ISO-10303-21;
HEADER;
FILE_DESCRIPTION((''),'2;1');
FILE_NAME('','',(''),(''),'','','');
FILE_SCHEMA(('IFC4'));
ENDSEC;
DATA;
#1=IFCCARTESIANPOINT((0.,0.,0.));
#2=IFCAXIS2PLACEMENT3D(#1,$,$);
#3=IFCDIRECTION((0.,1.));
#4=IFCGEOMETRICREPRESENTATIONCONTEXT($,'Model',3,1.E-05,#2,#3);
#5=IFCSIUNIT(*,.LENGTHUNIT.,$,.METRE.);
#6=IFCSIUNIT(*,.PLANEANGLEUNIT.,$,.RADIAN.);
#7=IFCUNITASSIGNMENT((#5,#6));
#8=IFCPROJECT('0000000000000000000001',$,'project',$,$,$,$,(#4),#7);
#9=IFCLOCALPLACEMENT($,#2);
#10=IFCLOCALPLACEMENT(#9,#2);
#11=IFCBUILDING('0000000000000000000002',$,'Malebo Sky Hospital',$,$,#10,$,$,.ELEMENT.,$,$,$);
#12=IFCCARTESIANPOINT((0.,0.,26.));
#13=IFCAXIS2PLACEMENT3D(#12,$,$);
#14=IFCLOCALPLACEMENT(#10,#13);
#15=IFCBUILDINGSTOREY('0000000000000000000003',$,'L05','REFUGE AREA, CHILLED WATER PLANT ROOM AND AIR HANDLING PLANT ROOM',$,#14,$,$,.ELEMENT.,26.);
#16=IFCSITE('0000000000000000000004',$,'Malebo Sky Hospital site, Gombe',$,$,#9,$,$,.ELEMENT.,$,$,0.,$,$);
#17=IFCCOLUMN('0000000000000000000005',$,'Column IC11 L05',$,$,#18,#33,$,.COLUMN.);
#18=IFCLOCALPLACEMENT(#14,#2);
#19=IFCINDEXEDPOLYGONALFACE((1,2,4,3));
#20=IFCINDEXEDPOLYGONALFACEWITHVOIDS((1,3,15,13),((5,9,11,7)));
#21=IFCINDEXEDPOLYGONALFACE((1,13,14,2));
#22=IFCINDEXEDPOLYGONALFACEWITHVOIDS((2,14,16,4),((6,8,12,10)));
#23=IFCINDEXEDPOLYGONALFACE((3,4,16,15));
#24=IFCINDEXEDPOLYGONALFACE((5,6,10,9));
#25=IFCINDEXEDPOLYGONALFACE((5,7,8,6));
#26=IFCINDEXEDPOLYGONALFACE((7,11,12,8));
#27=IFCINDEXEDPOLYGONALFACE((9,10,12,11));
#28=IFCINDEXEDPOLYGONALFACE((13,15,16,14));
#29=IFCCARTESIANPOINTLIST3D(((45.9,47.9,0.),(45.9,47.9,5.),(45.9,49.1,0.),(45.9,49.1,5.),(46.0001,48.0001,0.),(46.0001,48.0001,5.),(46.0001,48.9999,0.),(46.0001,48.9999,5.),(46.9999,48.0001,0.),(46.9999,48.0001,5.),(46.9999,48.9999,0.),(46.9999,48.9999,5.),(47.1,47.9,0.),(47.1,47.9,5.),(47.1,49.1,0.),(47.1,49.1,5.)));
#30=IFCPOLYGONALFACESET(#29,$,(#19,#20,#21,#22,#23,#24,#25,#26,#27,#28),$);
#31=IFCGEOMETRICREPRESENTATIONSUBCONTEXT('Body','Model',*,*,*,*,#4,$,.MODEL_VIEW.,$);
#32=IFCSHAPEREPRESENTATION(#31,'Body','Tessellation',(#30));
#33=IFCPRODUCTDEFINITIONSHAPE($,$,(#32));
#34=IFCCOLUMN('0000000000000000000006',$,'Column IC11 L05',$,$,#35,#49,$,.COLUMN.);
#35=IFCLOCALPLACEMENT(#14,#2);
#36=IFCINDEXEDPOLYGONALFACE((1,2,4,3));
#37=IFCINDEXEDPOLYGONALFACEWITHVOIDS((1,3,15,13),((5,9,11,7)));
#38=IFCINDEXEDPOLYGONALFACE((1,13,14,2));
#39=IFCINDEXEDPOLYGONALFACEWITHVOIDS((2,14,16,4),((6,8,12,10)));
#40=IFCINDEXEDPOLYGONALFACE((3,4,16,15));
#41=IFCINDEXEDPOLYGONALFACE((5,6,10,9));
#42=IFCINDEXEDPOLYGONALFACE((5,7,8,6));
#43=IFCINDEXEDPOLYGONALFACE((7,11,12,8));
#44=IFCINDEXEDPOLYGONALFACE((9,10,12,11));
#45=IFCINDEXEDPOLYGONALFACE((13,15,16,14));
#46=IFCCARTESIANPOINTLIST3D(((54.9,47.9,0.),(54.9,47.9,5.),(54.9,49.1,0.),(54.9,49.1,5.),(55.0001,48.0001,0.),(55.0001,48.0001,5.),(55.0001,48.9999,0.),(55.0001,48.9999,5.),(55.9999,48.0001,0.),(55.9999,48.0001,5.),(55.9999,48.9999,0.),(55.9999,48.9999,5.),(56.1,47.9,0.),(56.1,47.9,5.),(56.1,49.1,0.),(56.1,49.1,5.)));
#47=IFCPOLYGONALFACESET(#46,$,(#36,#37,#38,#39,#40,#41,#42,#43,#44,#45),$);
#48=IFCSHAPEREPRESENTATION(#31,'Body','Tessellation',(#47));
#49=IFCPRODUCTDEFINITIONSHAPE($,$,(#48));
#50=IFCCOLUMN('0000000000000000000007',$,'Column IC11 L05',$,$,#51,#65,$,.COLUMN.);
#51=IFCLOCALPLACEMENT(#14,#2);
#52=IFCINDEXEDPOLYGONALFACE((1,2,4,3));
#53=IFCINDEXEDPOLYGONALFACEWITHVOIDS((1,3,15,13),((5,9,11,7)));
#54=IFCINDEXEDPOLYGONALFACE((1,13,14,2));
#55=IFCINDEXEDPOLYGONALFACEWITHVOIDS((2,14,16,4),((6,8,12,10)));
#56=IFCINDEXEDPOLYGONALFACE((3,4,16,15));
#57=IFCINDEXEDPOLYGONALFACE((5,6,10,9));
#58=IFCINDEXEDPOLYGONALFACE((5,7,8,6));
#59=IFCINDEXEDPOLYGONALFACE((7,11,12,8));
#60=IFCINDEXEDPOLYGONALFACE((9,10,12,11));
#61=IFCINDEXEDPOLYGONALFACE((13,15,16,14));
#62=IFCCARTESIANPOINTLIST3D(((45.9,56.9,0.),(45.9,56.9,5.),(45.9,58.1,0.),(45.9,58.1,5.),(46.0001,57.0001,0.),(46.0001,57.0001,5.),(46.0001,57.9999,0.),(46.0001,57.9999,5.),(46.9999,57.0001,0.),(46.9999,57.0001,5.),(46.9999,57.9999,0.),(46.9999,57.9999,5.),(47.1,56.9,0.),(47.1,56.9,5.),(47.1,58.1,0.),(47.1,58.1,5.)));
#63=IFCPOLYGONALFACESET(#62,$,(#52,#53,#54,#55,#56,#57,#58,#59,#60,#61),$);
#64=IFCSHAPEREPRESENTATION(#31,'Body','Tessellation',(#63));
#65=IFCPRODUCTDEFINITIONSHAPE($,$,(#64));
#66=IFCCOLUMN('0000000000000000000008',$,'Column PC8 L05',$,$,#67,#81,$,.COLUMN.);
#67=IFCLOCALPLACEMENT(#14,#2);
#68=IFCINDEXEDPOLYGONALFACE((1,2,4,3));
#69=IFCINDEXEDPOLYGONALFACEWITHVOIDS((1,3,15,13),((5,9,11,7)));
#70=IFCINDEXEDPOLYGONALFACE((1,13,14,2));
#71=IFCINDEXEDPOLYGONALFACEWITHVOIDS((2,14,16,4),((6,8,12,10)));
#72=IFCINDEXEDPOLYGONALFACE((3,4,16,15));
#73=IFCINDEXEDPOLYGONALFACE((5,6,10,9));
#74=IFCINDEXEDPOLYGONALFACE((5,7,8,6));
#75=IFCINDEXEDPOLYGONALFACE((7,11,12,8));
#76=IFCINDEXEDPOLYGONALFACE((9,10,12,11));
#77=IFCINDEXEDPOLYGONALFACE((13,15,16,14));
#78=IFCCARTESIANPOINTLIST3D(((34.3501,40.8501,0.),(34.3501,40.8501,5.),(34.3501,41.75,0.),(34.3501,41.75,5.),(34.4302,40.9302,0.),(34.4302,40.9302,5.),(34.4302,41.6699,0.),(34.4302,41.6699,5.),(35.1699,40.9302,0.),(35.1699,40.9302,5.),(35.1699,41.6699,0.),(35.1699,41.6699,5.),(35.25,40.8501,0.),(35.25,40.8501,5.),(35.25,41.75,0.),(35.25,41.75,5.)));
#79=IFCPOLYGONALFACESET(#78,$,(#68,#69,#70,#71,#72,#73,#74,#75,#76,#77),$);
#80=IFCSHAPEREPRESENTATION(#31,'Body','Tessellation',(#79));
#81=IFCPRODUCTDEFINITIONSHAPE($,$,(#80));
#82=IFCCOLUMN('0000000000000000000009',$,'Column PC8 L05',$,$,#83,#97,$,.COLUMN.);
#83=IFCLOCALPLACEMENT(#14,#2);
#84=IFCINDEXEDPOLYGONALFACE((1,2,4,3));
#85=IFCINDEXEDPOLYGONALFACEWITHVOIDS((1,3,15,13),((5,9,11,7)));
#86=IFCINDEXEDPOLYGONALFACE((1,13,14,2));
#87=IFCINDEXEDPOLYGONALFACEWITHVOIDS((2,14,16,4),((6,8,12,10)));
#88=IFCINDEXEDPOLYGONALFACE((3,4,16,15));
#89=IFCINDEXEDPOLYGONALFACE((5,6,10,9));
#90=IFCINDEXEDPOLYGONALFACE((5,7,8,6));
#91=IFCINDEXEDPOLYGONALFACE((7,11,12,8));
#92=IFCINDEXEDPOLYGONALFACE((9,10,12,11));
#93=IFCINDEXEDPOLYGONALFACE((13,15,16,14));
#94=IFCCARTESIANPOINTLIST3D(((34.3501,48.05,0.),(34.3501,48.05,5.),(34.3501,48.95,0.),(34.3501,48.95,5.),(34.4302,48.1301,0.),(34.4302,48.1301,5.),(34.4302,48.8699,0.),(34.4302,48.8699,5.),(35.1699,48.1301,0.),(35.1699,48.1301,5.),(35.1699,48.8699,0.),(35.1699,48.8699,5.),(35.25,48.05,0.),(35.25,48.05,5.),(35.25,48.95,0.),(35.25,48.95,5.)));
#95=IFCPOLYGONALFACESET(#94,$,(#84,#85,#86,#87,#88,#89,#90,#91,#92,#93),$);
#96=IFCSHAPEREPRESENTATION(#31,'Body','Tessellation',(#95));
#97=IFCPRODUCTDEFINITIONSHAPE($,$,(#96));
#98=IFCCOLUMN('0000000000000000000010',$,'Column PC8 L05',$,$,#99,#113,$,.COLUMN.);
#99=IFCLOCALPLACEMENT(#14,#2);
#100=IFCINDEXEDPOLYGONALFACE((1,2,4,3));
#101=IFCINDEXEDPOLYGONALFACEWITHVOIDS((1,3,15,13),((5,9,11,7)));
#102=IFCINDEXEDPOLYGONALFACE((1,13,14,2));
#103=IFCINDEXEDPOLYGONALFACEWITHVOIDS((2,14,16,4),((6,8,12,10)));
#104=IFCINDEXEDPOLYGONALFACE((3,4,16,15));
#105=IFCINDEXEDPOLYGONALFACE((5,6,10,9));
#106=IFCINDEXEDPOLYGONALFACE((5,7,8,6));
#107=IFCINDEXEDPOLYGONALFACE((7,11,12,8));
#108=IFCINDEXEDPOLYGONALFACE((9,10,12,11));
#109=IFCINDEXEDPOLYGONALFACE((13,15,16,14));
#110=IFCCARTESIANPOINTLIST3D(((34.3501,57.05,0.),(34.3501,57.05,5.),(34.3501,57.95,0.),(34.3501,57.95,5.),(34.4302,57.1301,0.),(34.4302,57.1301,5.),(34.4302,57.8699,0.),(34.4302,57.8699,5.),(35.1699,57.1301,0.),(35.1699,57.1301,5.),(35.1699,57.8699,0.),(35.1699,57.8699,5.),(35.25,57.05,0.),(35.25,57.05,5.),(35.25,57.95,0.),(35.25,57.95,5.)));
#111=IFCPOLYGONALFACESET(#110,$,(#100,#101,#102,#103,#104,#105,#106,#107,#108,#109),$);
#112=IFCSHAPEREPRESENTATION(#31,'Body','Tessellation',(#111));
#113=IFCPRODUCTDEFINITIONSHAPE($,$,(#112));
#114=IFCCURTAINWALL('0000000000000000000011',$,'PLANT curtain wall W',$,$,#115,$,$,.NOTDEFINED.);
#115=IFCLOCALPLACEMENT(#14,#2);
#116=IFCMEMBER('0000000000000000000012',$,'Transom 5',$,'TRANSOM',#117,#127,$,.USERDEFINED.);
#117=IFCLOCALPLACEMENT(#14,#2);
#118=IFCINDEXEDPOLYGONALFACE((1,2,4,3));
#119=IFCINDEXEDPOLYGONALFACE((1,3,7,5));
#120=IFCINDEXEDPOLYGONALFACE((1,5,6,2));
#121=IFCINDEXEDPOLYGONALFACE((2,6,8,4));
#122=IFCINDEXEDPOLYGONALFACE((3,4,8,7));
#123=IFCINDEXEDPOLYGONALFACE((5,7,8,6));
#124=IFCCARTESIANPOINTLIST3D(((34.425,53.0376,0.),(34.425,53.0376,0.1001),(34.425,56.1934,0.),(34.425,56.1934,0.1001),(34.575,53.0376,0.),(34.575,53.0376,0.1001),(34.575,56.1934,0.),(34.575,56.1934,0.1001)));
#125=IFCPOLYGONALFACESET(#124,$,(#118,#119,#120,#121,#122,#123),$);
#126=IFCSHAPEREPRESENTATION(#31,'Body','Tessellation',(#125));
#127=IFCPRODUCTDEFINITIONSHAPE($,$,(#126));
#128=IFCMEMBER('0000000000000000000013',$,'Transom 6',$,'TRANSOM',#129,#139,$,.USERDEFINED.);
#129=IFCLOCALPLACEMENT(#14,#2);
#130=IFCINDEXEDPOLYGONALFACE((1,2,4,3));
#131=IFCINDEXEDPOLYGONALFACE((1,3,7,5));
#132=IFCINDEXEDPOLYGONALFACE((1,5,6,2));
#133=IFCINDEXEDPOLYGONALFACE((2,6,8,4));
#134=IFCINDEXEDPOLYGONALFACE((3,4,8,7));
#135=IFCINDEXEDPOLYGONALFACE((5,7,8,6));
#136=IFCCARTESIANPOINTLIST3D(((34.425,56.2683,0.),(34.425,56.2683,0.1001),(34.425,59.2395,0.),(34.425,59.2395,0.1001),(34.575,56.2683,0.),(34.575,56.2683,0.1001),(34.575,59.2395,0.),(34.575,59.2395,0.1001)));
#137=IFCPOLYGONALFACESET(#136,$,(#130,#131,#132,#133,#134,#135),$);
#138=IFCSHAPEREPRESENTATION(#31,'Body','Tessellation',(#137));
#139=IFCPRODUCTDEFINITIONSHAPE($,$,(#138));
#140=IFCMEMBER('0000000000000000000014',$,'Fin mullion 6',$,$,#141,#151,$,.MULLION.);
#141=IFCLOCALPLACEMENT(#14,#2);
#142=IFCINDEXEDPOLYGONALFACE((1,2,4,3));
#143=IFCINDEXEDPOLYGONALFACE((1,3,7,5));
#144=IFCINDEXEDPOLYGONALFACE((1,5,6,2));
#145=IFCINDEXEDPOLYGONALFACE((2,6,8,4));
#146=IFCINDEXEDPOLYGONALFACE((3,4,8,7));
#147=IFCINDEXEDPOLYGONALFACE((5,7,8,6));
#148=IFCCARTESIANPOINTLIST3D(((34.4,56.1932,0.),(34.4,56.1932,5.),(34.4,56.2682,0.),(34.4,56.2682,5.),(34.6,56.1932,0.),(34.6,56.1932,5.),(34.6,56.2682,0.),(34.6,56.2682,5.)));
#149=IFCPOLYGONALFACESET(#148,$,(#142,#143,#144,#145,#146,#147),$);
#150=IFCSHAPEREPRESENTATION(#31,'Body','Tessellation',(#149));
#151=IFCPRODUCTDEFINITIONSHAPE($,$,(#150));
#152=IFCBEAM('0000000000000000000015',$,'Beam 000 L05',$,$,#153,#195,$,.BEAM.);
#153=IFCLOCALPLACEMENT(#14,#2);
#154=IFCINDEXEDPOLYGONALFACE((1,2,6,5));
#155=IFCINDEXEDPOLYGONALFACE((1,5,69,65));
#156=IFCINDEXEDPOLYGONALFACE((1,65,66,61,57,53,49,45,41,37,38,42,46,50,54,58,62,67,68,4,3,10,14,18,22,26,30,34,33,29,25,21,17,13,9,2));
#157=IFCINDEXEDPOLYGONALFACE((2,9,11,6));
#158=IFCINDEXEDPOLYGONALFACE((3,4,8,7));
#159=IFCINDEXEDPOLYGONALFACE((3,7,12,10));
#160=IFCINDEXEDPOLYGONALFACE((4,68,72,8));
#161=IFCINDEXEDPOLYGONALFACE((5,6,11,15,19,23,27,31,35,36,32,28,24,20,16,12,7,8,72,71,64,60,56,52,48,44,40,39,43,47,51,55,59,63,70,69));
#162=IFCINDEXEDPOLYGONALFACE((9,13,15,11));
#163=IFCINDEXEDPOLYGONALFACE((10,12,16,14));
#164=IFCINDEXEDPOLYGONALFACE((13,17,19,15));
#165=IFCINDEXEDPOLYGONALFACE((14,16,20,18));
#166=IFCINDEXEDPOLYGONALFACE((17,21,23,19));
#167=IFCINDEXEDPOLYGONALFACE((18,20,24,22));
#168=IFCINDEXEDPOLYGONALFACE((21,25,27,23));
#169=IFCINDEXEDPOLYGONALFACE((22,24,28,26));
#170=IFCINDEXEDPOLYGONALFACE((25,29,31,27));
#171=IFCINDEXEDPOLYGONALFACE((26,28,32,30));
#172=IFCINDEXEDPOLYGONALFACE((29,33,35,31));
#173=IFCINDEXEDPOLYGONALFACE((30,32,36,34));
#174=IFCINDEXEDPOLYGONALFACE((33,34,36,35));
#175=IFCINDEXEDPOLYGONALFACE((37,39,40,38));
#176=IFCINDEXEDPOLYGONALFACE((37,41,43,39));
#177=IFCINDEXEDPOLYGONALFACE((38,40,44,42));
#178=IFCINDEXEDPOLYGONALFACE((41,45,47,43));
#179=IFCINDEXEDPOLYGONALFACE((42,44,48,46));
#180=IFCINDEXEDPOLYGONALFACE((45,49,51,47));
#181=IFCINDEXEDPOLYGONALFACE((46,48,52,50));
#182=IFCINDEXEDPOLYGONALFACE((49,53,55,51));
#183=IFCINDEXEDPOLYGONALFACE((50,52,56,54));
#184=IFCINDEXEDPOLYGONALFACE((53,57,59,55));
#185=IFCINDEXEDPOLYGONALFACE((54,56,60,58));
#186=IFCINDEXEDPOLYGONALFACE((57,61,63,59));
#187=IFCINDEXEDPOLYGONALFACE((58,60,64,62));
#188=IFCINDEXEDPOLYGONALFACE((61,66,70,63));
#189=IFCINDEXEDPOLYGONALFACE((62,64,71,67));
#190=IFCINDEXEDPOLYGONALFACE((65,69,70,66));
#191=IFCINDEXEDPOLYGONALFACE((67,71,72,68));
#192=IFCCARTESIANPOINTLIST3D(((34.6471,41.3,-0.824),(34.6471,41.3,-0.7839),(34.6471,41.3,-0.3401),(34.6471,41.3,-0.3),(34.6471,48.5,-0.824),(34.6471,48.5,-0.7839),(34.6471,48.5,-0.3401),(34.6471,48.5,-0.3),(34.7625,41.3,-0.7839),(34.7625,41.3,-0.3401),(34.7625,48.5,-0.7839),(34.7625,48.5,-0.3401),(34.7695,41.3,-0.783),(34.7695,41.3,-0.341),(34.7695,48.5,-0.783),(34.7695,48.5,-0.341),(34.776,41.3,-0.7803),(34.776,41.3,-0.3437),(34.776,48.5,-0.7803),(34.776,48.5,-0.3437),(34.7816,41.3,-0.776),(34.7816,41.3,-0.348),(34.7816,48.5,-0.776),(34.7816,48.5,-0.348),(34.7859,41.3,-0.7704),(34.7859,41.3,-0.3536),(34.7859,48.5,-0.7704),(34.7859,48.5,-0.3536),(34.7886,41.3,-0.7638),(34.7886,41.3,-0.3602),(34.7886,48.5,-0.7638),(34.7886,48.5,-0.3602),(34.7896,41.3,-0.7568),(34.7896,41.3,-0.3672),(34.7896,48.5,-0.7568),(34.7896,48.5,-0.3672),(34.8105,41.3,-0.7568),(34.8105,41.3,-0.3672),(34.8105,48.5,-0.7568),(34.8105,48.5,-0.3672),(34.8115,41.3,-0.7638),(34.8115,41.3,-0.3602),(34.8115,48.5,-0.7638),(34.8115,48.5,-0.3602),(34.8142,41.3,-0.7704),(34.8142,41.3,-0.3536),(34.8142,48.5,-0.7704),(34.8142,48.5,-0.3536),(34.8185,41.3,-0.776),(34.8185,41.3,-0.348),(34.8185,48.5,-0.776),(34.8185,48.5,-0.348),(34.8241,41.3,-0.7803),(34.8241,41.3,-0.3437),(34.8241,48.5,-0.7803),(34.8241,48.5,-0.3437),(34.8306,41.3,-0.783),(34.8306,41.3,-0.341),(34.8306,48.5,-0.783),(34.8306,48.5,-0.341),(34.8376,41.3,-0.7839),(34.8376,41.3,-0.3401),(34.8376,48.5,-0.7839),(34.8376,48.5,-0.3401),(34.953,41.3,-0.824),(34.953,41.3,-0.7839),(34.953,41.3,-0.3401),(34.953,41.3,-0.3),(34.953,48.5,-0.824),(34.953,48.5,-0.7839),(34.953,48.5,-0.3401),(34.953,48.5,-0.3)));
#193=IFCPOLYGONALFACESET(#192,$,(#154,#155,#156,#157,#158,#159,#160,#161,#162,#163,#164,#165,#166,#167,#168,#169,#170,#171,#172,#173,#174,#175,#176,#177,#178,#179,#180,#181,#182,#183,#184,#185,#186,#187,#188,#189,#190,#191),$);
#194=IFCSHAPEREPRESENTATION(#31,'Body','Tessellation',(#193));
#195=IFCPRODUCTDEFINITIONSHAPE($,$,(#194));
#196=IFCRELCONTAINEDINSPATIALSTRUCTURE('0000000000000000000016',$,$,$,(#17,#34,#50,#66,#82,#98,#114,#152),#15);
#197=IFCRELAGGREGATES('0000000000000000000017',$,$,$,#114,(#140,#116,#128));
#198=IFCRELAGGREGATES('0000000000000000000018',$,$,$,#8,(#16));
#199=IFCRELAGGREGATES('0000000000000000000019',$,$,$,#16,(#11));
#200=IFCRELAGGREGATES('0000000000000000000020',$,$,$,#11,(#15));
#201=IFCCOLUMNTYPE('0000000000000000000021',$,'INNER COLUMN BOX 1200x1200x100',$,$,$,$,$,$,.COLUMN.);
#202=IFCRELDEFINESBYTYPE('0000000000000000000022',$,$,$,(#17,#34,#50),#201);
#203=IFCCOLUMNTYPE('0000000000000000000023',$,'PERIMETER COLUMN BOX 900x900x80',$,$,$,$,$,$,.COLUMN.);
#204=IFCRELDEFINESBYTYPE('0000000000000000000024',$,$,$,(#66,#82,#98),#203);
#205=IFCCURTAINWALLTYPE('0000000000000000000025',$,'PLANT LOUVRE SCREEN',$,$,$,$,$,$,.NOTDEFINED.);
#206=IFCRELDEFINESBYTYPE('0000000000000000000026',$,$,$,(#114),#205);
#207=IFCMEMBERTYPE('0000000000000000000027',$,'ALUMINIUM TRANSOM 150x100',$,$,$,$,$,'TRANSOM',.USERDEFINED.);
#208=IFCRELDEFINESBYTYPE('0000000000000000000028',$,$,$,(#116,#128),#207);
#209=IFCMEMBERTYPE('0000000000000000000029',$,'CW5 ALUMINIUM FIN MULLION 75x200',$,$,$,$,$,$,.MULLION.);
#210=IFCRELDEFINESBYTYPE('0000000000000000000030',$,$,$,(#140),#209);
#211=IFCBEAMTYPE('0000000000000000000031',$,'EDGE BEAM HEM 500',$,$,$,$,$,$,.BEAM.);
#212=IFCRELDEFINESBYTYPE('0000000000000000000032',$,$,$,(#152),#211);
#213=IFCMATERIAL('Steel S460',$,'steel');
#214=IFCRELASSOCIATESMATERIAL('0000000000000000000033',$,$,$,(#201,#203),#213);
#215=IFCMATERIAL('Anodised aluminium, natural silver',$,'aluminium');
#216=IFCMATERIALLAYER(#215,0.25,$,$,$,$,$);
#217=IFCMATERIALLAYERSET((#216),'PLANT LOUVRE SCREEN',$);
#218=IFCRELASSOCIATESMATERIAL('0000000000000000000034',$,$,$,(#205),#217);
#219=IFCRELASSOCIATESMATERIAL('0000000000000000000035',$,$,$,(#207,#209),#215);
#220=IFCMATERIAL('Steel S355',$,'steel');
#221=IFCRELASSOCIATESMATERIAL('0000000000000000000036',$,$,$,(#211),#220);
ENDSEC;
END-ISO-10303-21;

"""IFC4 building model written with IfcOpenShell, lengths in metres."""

from ifc_helpers import new_model, si_unit, direction, frame, origin, origin_2d, place, context, subcontext, project, spatial, rectangle, hollow_rectangle, i_section, extrude, material, layer, layer_set, material_profile, profile_set, type_object, element, aggregate, save


model = new_model("IFC4")

# Units and contexts
model_context = context("Model", 3, precision=1e-05, world=origin(), true_north=direction((0.0, 1.0)))
body_context = subcontext(model_context, "Body", "Model", "MODEL_VIEW")
ifc_project = project(units=[si_unit("LENGTHUNIT", "METRE"), si_unit("PLANEANGLEUNIT", "RADIAN")], contexts=[model_context])

# Site, building, storey
site_placement = place(None, origin())
site = spatial("IfcSite", under=ifc_project, at=site_placement, Name="Malebo Sky Hospital site, Gombe", CompositionType="ELEMENT", RefElevation=0.0)
building_placement = place(site_placement, origin())
building = spatial("IfcBuilding", under=site, at=building_placement, Name="Malebo Sky Hospital", CompositionType="ELEMENT")
storey_placement = place(building_placement, frame((0.0, 0.0, 26.0)))
storey = spatial("IfcBuildingStorey", under=building, at=storey_placement, Name="L05", Description="REFUGE AREA, CHILLED WATER PLANT ROOM AND AIR HANDLING PLANT ROOM", CompositionType="ELEMENT", Elevation=26.0)

# Columns
ifc_material_1 = material(Name="Steel S460", Category="steel")
ifc_material_profile_1 = material_profile(ifc_material_1, hollow_rectangle(XDim=1.2, YDim=1.2, WallThickness=0.1001, at=origin_2d()), Name="BOX 1200x1200x100")
ifc_profile_set_1 = profile_set([ifc_material_profile_1], Name="Steel S460")
column_type_1 = type_object("IfcColumnType", Name="INNER COLUMN BOX 1200x1200x100", PredefinedType="COLUMN", material=ifc_profile_set_1)
for number, where, z_axis, x_axis, name in (
    (1, (46.5, 48.5, 0.0), (0.0, 0.0, 1.0), (1.0, 0.0, 0.0), "Column IC11 L05"),
    (2, (55.5, 48.5, 0.0), (0.0, 0.0, 1.0), (1.0, 0.0, 0.0), "Column IC11 L05"),
    (3, (46.5, 57.5, 0.0), (0.0, 0.0, 1.0), (1.0, 0.0, 0.0), "Column IC11 L05"),
):
    element("IfcColumn", number, at=place(storey_placement, frame(where, z_axis=z_axis, x_axis=x_axis)), inside=storey, type_object=column_type_1, Name=name, PredefinedType="COLUMN", context=body_context, shape_type="SweptSolid", body=[
        extrude(hollow_rectangle(XDim=1.2, YDim=1.2, WallThickness=0.1001, at=origin_2d()), origin(), (0.0, 0.0, 1.0), 5.0),
    ])
ifc_material_profile_2 = material_profile(ifc_material_1, hollow_rectangle(XDim=0.8999, YDim=0.8999, WallThickness=0.0801, at=origin_2d()), Name="BOX 900x900x80")
ifc_profile_set_2 = profile_set([ifc_material_profile_2], Name="Steel S460")
column_type_2 = type_object("IfcColumnType", Name="PERIMETER COLUMN BOX 900x900x80", PredefinedType="COLUMN", material=ifc_profile_set_2)
for number, where, z_axis, x_axis, name in (
    (4, (34.8, 41.3, 0.0), (0.0, 0.0, 1.0), (1.0, 0.0, 0.0), "Column PC8 L05"),
    (5, (34.8, 48.5, 0.0), (0.0, 0.0, 1.0), (1.0, 0.0, 0.0), "Column PC8 L05"),
    (6, (34.8, 57.5, 0.0), (0.0, 0.0, 1.0), (1.0, 0.0, 0.0), "Column PC8 L05"),
):
    element("IfcColumn", number, at=place(storey_placement, frame(where, z_axis=z_axis, x_axis=x_axis)), inside=storey, type_object=column_type_2, Name=name, PredefinedType="COLUMN", context=body_context, shape_type="SweptSolid", body=[
        extrude(hollow_rectangle(XDim=0.8999, YDim=0.8999, WallThickness=0.0801, at=origin_2d()), origin(), (0.0, 0.0, 1.0), 5.0),
    ])

# Curtain wall, members
ifc_material_2 = material(Name="Anodised aluminium, natural silver", Category="aluminium")
ifc_layer_1 = layer(ifc_material_2, 0.25)
ifc_layer_set_1 = layer_set([ifc_layer_1], Name="PLANT LOUVRE SCREEN")
curtain_wall_type = type_object("IfcCurtainWallType", Name="PLANT LOUVRE SCREEN", PredefinedType="NOTDEFINED", material=ifc_layer_set_1)
curtain_wall_placement = place(storey_placement, origin())
curtain_wall = element("IfcCurtainWall", 7, at=curtain_wall_placement, inside=storey, type_object=curtain_wall_type, Name="PLANT curtain wall W", PredefinedType="NOTDEFINED")
ifc_material_profile_3 = material_profile(ifc_material_2, rectangle(XDim=0.1499, YDim=0.1001, at=origin_2d()), Name="ALUMINIUM TRANSOM 150x100")
ifc_profile_set_3 = profile_set([ifc_material_profile_3], Name="Anodised aluminium, natural silver")
member_type_1 = type_object("IfcMemberType", Name="ALUMINIUM TRANSOM 150x100", ElementType="TRANSOM", PredefinedType="USERDEFINED", material=ifc_profile_set_3)
member_1_placement = place(storey_placement, frame((34.5, 53.0376, 0.05), z_axis=(0.0, 1.0, 0.0), x_axis=(-1.0, 0.0, 0.0)))
member_1 = element("IfcMember", 8, at=member_1_placement, type_object=member_type_1, Name="Transom 5", ObjectType="TRANSOM", PredefinedType="USERDEFINED", context=body_context, shape_type="SweptSolid", body=[
    extrude(rectangle(XDim=0.1499, YDim=0.1001, at=origin_2d()), origin(), (0.0, 0.0, 1.0), 3.1558),
])
member_2_placement = place(storey_placement, frame((34.5, 56.2683, 0.05), z_axis=(0.0, 1.0, 0.0), x_axis=(-1.0, 0.0, 0.0)))
member_2 = element("IfcMember", 9, at=member_2_placement, type_object=member_type_1, Name="Transom 6", ObjectType="TRANSOM", PredefinedType="USERDEFINED", context=body_context, shape_type="SweptSolid", body=[
    extrude(rectangle(XDim=0.1499, YDim=0.1001, at=origin_2d()), origin(), (0.0, 0.0, 1.0), 2.9712),
])
ifc_material_profile_4 = material_profile(ifc_material_2, rectangle(XDim=0.075, YDim=0.2, at=origin_2d()), Name="CW5 ALUMINIUM FIN MULLION 75x200")
ifc_profile_set_4 = profile_set([ifc_material_profile_4], Name="Anodised aluminium, natural silver")
member_type_2 = type_object("IfcMemberType", Name="CW5 ALUMINIUM FIN MULLION 75x200", PredefinedType="MULLION", material=ifc_profile_set_4)
member_3_placement = place(storey_placement, frame((34.5, 56.2307, 0.0), z_axis=(0.0, 0.0, 1.0), x_axis=(0.0, 1.0, 0.0)))
member_3 = element("IfcMember", 10, at=member_3_placement, type_object=member_type_2, Name="Fin mullion 6", PredefinedType="MULLION", context=body_context, shape_type="SweptSolid", body=[
    extrude(rectangle(XDim=0.075, YDim=0.2, at=origin_2d()), origin(), (0.0, 0.0, 1.0), 5.0),
])

# Beam
ifc_material_3 = material(Name="Steel S355", Category="steel")
ifc_material_profile_5 = material_profile(ifc_material_3, i_section(OverallWidth=0.3059, OverallDepth=0.5239, WebThickness=0.021, FlangeThickness=0.04, FilletRadius=0.0271, at=origin_2d()), Name="HEM 500")
ifc_profile_set_5 = profile_set([ifc_material_profile_5], Name="Steel S355")
beam_type_1 = type_object("IfcBeamType", Name="EDGE BEAM HEM 500", PredefinedType="BEAM", material=ifc_profile_set_5)
beam_1_placement = place(storey_placement, frame((34.8, 41.3, -0.562), z_axis=(0.0, 1.0, 0.0), x_axis=(-1.0, 0.0, 0.0)))
element("IfcBeam", 11, at=beam_1_placement, inside=storey, type_object=beam_type_1, Name="Beam 000 L05", PredefinedType="BEAM", context=body_context, shape_type="SweptSolid", body=[
    extrude(i_section(OverallWidth=0.3059, OverallDepth=0.5239, WebThickness=0.021, FlangeThickness=0.04, FilletRadius=0.0271, at=origin_2d()), origin(), (0.0, 0.0, 1.0), 7.2),
])

aggregate(curtain_wall, [member_3, member_1, member_2])

save(model, "model.ifc")
